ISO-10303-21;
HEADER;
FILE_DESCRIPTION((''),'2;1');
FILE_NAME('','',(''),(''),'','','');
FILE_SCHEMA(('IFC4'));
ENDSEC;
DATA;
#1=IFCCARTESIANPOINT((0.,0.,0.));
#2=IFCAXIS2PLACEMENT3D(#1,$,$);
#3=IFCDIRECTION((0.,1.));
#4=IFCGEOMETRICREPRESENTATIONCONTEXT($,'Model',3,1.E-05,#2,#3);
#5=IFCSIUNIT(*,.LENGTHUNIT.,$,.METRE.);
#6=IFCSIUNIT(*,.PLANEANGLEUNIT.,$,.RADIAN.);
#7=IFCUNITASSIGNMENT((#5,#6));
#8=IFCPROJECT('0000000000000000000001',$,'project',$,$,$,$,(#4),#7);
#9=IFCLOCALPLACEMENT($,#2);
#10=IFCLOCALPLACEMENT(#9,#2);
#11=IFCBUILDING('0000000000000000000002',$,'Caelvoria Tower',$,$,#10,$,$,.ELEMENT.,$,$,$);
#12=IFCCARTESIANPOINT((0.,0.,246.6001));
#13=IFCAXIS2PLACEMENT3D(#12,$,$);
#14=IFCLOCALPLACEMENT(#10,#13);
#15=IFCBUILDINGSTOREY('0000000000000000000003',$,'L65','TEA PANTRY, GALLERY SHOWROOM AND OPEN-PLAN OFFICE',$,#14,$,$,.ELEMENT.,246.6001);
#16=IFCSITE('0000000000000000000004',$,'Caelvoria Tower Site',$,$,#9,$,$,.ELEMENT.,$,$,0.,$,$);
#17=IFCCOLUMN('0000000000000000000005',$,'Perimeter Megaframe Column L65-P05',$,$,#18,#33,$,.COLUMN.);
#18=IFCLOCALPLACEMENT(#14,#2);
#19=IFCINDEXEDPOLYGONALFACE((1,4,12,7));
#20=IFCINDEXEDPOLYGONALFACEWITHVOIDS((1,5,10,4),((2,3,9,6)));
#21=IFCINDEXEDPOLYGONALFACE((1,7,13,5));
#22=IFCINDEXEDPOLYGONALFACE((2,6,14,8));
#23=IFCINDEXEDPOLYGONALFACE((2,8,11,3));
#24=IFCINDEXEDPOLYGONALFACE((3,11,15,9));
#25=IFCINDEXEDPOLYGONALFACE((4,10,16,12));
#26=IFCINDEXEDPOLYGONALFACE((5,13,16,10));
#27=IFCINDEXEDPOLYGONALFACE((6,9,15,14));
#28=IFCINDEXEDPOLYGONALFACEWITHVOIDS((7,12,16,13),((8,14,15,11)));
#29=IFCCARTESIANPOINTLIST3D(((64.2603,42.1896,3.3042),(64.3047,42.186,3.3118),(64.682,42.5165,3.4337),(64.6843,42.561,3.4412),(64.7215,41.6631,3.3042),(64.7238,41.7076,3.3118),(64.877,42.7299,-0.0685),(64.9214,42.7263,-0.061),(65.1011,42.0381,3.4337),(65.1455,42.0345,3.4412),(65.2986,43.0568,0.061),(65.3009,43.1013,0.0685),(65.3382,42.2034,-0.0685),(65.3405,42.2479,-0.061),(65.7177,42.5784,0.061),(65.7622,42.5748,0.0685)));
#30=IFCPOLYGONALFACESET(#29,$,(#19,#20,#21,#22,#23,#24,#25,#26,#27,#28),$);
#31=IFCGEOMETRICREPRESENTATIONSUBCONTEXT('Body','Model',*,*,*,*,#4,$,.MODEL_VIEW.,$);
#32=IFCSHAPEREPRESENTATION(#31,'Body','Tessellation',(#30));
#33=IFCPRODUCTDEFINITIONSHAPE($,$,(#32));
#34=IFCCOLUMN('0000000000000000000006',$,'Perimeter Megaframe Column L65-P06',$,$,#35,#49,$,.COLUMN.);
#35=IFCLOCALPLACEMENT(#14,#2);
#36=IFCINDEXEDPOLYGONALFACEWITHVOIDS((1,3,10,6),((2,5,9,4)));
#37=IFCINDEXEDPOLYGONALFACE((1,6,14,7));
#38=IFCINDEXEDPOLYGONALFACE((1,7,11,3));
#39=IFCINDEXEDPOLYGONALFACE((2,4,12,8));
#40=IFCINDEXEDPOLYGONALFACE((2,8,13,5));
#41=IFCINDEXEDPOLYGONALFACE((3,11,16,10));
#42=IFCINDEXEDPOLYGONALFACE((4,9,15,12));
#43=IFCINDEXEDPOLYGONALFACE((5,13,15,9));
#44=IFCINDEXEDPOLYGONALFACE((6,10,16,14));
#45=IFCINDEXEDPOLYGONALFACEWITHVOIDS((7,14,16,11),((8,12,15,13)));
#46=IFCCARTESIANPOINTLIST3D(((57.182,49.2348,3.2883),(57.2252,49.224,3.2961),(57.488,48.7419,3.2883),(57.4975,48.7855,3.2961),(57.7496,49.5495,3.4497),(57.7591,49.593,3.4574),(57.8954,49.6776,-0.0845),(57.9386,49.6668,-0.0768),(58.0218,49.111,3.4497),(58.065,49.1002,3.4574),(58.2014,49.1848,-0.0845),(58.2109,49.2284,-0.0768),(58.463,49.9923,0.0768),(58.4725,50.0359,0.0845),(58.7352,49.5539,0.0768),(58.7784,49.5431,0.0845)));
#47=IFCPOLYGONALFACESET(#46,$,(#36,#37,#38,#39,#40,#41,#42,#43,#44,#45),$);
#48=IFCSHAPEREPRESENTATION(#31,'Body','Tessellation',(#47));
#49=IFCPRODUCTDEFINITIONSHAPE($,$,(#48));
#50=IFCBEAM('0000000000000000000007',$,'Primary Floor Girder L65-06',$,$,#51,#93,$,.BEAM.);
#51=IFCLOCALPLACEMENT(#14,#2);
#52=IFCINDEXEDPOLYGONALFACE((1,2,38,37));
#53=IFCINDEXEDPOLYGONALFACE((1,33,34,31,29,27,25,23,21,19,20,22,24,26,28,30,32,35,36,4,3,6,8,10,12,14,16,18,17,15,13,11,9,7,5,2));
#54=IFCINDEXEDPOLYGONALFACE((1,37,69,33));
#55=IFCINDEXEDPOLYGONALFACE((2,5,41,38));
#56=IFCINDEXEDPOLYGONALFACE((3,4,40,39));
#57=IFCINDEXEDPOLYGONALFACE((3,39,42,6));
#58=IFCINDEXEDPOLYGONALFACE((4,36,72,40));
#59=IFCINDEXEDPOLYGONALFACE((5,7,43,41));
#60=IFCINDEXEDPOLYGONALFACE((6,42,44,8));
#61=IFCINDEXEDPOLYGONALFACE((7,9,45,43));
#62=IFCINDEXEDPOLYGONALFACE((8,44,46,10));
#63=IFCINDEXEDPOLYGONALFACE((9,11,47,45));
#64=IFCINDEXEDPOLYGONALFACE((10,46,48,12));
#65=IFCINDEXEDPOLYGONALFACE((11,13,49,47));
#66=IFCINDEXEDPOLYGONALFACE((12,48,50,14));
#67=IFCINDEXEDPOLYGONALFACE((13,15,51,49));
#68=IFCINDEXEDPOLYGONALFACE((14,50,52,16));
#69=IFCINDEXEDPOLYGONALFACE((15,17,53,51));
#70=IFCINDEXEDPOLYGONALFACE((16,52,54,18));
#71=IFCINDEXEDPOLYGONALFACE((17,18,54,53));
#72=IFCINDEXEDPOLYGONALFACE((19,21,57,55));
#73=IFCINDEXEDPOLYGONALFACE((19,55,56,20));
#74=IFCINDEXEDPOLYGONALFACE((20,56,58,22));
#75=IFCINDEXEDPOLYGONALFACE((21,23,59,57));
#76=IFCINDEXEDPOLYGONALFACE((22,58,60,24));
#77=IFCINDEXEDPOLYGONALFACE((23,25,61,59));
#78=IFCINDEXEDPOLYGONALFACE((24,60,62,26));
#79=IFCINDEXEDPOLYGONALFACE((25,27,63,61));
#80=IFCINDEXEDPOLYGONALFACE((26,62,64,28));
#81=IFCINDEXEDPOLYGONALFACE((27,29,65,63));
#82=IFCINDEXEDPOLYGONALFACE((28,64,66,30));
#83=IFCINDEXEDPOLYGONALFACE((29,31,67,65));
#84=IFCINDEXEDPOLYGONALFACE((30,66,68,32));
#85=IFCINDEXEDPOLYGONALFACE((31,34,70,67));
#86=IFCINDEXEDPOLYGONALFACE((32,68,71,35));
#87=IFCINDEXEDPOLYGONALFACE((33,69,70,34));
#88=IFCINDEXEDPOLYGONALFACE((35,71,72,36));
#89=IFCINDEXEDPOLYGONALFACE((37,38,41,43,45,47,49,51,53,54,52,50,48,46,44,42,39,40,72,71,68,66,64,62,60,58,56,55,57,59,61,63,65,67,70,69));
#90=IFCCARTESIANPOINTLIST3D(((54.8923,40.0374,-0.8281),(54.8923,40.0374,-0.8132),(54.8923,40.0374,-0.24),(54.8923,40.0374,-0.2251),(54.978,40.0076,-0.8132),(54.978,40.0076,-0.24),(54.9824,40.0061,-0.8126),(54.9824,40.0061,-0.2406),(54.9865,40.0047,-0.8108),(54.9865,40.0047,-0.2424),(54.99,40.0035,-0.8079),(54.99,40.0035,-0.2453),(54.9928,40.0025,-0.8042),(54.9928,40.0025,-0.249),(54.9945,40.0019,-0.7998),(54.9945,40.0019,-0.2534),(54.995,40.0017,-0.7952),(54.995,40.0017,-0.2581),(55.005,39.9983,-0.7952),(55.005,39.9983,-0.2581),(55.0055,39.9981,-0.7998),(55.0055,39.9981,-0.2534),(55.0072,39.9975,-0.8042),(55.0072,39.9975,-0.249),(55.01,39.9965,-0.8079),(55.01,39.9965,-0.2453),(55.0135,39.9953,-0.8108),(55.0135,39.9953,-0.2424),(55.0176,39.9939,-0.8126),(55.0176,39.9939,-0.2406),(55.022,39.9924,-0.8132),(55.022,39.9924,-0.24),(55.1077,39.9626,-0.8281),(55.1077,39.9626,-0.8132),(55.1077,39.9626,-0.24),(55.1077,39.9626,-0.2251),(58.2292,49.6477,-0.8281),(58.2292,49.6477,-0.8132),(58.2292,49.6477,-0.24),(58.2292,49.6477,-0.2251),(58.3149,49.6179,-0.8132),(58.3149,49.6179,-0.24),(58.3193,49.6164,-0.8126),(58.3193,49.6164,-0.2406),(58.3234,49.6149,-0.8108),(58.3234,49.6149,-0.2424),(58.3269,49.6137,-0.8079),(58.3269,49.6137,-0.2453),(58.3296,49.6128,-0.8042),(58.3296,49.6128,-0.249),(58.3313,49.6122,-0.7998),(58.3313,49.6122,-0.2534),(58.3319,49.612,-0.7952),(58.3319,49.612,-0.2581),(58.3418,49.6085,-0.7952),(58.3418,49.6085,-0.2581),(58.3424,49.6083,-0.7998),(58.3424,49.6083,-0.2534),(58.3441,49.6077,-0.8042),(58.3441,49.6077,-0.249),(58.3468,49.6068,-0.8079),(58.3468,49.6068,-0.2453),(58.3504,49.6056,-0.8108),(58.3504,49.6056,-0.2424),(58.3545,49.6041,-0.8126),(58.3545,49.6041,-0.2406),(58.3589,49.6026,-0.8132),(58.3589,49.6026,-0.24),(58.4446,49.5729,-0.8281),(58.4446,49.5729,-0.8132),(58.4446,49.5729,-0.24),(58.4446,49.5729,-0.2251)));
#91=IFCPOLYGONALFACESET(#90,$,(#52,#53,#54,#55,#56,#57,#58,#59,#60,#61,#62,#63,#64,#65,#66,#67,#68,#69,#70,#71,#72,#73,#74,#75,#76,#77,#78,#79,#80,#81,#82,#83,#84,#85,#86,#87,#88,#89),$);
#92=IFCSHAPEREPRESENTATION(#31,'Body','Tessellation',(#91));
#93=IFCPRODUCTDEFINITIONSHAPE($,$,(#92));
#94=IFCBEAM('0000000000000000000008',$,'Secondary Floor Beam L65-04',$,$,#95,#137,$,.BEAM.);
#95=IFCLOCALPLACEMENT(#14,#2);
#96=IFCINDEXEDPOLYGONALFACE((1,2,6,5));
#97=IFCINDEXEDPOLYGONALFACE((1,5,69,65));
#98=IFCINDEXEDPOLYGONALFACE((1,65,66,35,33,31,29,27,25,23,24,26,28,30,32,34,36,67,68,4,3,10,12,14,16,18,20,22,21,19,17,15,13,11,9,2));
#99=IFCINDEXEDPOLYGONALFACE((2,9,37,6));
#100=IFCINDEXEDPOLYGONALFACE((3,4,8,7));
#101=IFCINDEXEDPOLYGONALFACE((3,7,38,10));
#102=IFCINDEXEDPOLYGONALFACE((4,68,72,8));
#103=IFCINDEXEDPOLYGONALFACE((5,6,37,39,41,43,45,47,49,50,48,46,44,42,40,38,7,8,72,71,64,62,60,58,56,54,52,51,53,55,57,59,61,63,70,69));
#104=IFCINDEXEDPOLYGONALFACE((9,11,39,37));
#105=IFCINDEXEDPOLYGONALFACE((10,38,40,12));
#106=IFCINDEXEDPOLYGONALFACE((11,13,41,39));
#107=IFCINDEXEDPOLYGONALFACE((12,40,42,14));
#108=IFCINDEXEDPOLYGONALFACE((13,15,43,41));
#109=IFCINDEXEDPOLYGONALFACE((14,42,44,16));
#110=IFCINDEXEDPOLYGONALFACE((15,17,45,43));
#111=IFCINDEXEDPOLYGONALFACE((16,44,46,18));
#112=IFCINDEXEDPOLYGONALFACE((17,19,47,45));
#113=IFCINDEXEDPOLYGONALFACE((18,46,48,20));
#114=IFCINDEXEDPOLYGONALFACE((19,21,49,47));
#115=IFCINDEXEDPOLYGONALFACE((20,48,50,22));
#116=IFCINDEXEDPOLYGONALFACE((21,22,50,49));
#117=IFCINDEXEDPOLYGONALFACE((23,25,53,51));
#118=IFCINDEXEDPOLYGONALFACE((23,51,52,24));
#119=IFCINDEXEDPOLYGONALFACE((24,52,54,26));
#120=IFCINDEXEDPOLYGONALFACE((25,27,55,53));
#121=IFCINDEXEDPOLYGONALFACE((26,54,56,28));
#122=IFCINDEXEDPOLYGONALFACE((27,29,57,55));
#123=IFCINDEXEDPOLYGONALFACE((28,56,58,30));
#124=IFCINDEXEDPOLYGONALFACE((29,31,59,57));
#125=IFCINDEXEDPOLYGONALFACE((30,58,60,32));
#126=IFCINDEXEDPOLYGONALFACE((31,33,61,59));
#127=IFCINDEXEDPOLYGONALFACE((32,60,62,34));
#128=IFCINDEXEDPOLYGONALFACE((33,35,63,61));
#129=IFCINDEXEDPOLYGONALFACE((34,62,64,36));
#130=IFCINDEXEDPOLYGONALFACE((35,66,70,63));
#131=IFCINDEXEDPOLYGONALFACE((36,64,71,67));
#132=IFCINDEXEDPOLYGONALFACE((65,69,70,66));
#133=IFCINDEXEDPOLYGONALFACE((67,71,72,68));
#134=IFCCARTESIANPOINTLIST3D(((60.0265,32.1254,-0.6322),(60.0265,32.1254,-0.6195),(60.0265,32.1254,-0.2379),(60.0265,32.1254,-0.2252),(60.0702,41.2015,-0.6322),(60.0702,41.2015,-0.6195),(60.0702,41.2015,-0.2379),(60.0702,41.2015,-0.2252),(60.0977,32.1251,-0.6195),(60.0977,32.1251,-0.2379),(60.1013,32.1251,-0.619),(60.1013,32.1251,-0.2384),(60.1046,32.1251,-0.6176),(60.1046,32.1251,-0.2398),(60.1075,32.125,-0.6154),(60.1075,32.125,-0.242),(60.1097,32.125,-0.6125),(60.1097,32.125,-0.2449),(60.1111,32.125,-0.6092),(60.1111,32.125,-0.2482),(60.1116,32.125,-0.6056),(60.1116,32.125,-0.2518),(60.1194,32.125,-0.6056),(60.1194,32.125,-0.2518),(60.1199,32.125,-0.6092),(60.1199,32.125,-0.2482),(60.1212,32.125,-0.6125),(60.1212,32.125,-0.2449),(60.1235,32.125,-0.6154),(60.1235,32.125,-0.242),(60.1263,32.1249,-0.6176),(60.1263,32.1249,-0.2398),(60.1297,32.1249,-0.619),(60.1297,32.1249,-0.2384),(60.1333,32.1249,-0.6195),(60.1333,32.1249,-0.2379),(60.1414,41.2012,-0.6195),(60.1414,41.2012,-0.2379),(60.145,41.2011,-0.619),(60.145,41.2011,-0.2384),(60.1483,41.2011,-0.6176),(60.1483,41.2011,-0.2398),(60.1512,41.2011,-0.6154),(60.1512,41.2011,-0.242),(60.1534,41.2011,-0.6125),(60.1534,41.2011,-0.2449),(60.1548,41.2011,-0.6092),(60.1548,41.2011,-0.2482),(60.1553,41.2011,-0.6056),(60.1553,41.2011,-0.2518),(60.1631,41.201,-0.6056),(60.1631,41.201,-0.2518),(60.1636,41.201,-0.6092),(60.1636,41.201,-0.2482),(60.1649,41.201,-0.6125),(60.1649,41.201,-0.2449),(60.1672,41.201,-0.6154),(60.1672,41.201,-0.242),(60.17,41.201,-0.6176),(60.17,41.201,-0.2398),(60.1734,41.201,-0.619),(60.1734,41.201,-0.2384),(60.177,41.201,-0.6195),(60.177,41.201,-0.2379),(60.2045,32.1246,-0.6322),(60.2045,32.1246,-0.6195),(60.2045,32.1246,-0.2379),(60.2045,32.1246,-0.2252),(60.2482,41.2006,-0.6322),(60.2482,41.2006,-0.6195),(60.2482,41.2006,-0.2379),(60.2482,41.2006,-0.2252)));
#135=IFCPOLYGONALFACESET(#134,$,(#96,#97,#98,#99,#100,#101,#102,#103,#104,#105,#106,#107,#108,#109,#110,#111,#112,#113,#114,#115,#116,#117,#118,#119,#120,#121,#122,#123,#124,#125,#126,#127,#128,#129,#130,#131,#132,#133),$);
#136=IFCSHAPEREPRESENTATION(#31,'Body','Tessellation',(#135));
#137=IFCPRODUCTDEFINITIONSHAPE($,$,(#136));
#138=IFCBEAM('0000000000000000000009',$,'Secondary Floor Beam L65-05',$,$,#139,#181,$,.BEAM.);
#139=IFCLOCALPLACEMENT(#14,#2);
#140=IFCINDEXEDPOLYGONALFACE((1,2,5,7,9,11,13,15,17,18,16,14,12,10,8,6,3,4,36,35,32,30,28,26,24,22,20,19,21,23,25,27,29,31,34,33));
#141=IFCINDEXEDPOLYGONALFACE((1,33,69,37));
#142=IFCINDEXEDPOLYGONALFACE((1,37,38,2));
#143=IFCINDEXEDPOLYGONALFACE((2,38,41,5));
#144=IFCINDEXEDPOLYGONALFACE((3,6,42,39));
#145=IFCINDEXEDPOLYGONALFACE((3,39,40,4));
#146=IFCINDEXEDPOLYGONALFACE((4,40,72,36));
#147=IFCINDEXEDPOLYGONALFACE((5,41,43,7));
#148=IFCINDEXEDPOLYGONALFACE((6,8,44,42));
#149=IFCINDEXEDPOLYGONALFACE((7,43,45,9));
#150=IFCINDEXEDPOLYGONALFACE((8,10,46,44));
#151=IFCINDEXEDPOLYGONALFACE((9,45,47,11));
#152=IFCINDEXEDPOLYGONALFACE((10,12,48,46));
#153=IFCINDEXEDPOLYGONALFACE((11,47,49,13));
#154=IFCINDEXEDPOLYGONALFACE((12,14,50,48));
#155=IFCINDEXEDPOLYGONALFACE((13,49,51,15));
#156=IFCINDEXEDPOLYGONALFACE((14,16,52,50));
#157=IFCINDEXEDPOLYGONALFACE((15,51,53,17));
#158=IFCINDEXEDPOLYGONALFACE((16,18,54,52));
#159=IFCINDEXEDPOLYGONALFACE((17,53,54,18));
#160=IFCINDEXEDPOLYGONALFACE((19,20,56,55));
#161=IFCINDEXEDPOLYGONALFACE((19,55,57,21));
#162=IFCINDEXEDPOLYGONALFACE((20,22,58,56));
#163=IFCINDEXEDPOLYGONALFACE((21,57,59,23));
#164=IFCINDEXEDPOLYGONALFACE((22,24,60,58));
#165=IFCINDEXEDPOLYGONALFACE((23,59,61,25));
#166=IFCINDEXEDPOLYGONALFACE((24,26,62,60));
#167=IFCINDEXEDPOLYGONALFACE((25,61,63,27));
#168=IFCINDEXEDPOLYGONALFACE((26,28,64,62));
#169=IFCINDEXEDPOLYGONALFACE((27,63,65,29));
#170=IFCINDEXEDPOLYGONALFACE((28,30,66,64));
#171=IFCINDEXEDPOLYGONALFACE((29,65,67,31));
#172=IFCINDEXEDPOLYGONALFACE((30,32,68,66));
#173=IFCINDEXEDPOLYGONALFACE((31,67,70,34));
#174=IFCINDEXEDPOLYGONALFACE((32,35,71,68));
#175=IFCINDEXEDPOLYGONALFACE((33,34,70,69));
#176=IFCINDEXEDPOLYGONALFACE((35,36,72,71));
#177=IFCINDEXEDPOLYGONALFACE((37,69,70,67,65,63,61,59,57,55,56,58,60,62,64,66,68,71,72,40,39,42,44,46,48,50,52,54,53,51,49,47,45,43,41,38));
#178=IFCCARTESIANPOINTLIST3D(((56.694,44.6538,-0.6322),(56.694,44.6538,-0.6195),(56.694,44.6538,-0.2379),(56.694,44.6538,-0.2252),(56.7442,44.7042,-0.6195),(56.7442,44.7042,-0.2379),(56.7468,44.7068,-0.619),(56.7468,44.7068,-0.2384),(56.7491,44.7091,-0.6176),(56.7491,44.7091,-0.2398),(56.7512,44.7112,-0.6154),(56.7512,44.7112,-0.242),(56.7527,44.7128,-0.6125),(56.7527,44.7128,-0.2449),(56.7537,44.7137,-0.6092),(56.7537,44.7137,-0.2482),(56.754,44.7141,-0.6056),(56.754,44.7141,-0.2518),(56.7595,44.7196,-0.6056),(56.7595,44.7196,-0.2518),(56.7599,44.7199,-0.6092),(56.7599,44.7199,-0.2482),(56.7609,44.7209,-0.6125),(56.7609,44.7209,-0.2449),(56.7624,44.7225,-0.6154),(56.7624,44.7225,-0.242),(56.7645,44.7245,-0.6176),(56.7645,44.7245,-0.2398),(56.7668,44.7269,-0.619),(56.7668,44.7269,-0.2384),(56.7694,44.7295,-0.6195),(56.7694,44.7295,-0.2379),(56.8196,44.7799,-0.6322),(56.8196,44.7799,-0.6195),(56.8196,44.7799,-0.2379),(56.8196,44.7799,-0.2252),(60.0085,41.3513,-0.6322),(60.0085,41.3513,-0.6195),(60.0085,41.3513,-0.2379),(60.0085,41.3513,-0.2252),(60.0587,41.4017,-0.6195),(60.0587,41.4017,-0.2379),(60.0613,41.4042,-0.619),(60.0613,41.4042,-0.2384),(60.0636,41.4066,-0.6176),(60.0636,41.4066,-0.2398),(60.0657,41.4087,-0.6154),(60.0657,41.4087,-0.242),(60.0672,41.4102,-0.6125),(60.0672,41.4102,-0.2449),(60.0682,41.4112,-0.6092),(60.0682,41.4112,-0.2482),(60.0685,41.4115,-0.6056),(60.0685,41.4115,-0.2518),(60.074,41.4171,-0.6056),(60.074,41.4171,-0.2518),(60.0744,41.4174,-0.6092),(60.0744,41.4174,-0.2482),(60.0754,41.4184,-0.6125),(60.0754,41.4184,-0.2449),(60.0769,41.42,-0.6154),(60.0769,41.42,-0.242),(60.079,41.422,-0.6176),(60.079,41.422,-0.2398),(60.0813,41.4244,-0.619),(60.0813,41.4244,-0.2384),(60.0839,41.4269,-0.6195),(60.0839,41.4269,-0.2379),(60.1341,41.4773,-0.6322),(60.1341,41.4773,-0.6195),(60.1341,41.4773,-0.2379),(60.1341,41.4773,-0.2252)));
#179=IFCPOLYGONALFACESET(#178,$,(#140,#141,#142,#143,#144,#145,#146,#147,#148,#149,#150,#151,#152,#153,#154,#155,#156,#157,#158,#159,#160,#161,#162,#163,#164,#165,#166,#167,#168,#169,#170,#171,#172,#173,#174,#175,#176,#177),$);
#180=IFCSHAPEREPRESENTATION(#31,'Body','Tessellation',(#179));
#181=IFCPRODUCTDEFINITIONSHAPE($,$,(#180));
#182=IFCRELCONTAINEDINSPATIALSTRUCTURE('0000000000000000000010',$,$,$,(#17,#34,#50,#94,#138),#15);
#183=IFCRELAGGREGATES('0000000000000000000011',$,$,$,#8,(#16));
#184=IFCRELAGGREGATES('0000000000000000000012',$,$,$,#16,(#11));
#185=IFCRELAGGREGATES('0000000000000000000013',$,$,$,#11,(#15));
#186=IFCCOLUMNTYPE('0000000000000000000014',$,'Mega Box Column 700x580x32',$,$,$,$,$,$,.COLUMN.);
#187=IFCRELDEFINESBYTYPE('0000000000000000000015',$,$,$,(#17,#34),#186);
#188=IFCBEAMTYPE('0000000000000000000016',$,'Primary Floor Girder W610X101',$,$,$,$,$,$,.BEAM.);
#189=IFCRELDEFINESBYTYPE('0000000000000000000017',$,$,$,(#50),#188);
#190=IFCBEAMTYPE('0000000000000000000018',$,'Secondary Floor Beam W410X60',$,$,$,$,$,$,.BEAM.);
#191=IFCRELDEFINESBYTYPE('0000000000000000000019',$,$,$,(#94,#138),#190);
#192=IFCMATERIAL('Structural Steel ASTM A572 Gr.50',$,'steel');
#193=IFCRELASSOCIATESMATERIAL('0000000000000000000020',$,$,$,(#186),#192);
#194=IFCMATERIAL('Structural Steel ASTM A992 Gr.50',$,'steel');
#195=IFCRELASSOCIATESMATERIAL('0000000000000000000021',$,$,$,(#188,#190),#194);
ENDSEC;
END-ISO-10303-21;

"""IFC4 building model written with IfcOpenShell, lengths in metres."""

from ifc_helpers import new_model, si_unit, direction, frame, origin, origin_2d, place, context, subcontext, project, spatial, hollow_rectangle, i_section, extrude, material, material_profile, profile_set, type_object, element, save


model = new_model("IFC4")

# Units and contexts
model_context = context("Model", 3, precision=1e-05, world=origin(), true_north=direction((0.0, 1.0)))
body_context = subcontext(model_context, "Body", "Model", "MODEL_VIEW")
ifc_project = project(units=[si_unit("LENGTHUNIT", "METRE"), si_unit("PLANEANGLEUNIT", "RADIAN")], contexts=[model_context])

# Site, building, storey
site_placement = place(None, origin())
site = spatial("IfcSite", under=ifc_project, at=site_placement, Name="Caelvoria Tower Site", CompositionType="ELEMENT", RefElevation=0.0)
building_placement = place(site_placement, origin())
building = spatial("IfcBuilding", under=site, at=building_placement, Name="Caelvoria Tower", CompositionType="ELEMENT")
storey_placement = place(building_placement, frame((0.0, 0.0, 246.6001)))
storey = spatial("IfcBuildingStorey", under=building, at=storey_placement, Name="L65", Description="TEA PANTRY, GALLERY SHOWROOM AND OPEN-PLAN OFFICE", CompositionType="ELEMENT", Elevation=246.6001)

# Columns
ifc_material_1 = material(Name="Structural Steel ASTM A572 Gr.50", Category="steel")
ifc_material_profile_1 = material_profile(ifc_material_1, hollow_rectangle(XDim=0.5801, YDim=0.7, WallThickness=0.032, at=origin_2d()), Name="Structural Steel ASTM A572 Gr.50")
ifc_profile_set_1 = profile_set([ifc_material_profile_1], Name="BOX700X580X32 - Structural Steel ASTM A572 Gr.50")
column_type = type_object("IfcColumnType", Name="Mega Box Column 700x580x32", PredefinedType="COLUMN", material=ifc_profile_set_1)
column_1_placement = place(storey_placement, frame((65.3196, 42.6523, 0.0), z_axis=(-0.177671, -0.155655, 0.971702), x_axis=(0.730886, 0.640321, 0.23621)))
element("IfcColumn", 1, at=column_1_placement, inside=storey, type_object=column_type, Name="Perimeter Megaframe Column L65-P05", PredefinedType="COLUMN", context=body_context, shape_type="SweptSolid", body=[
    extrude(hollow_rectangle(XDim=0.5801, YDim=0.7, WallThickness=0.032, at=origin_2d()), origin(), (0.0, 0.0, 1.0), 3.4709),
])
column_2_placement = place(storey_placement, frame((58.3369, 49.6104, 0.0), z_axis=(-0.205245, -0.127417, 0.970381), x_axis=(0.527435, -0.849595, 0.0)))
element("IfcColumn", 2, at=column_2_placement, inside=storey, type_object=column_type, Name="Perimeter Megaframe Column L65-P06", PredefinedType="COLUMN", context=body_context, shape_type="SweptSolid", body=[
    extrude(hollow_rectangle(XDim=0.5801, YDim=0.7, WallThickness=0.032, at=origin_2d()), origin(), (0.0, 0.0, 1.0), 3.4758),
])

# Beams
ifc_material_2 = material(Name="Structural Steel ASTM A992 Gr.50", Category="steel")
ifc_material_profile_2 = material_profile(ifc_material_2, i_section(OverallWidth=0.228, OverallDepth=0.603, WebThickness=0.0105, FlangeThickness=0.0149, FilletRadius=0.0181, at=origin_2d()), Name="Structural Steel ASTM A992 Gr.50")
ifc_profile_set_2 = profile_set([ifc_material_profile_2], Name="W610X101 - Structural Steel ASTM A992 Gr.50")
beam_type_1 = type_object("IfcBeamType", Name="Primary Floor Girder W610X101", PredefinedType="BEAM", material=ifc_profile_set_2)
beam_1_placement = place(storey_placement, frame((55.0, 40.0, -0.5266), z_axis=(0.32801, 0.944674, 0.0), x_axis=(-0.944674, 0.32801, 0.0)))
element("IfcBeam", 3, at=beam_1_placement, inside=storey, type_object=beam_type_1, Name="Primary Floor Girder L65-06", PredefinedType="BEAM", context=body_context, shape_type="SweptSolid", body=[
    extrude(i_section(OverallWidth=0.228, OverallDepth=0.603, WebThickness=0.0105, FlangeThickness=0.0149, FilletRadius=0.0181, at=origin_2d()), origin(), (0.0, 0.0, 1.0), 10.1731),
])
ifc_material_profile_3 = material_profile(ifc_material_2, i_section(OverallWidth=0.178, OverallDepth=0.407, WebThickness=0.0078, FlangeThickness=0.0127, FilletRadius=0.0139, at=origin_2d()), Name="Structural Steel ASTM A992 Gr.50")
ifc_profile_set_3 = profile_set([ifc_material_profile_3], Name="W410X60 - Structural Steel ASTM A992 Gr.50")
beam_type_2 = type_object("IfcBeamType", Name="Secondary Floor Beam W410X60", PredefinedType="BEAM", material=ifc_profile_set_3)
beam_2_placement = place(storey_placement, frame((60.1155, 32.125, -0.4287), z_axis=(0.004815, 0.999988, 0.0), x_axis=(-0.999988, 0.004815, 0.0)))
element("IfcBeam", 4, at=beam_2_placement, inside=storey, type_object=beam_type_2, Name="Secondary Floor Beam L65-04", PredefinedType="BEAM", context=body_context, shape_type="SweptSolid", body=[
    extrude(i_section(OverallWidth=0.178, OverallDepth=0.407, WebThickness=0.0078, FlangeThickness=0.0127, FilletRadius=0.0139, at=origin_2d()), origin(), (0.0, 0.0, 1.0), 9.0762),
])
beam_3_placement = place(storey_placement, frame((60.0713, 41.4143, -0.4287), z_axis=(-0.708384, 0.705827, 0.0), x_axis=(-0.705827, -0.708384, 0.0)))
element("IfcBeam", 5, at=beam_3_placement, inside=storey, type_object=beam_type_2, Name="Secondary Floor Beam L65-05", PredefinedType="BEAM", context=body_context, shape_type="SweptSolid", body=[
    extrude(i_section(OverallWidth=0.178, OverallDepth=0.407, WebThickness=0.0078, FlangeThickness=0.0127, FilletRadius=0.0139, at=origin_2d()), origin(), (0.0, 0.0, 1.0), 4.679),
])

save(model, "model.ifc")
